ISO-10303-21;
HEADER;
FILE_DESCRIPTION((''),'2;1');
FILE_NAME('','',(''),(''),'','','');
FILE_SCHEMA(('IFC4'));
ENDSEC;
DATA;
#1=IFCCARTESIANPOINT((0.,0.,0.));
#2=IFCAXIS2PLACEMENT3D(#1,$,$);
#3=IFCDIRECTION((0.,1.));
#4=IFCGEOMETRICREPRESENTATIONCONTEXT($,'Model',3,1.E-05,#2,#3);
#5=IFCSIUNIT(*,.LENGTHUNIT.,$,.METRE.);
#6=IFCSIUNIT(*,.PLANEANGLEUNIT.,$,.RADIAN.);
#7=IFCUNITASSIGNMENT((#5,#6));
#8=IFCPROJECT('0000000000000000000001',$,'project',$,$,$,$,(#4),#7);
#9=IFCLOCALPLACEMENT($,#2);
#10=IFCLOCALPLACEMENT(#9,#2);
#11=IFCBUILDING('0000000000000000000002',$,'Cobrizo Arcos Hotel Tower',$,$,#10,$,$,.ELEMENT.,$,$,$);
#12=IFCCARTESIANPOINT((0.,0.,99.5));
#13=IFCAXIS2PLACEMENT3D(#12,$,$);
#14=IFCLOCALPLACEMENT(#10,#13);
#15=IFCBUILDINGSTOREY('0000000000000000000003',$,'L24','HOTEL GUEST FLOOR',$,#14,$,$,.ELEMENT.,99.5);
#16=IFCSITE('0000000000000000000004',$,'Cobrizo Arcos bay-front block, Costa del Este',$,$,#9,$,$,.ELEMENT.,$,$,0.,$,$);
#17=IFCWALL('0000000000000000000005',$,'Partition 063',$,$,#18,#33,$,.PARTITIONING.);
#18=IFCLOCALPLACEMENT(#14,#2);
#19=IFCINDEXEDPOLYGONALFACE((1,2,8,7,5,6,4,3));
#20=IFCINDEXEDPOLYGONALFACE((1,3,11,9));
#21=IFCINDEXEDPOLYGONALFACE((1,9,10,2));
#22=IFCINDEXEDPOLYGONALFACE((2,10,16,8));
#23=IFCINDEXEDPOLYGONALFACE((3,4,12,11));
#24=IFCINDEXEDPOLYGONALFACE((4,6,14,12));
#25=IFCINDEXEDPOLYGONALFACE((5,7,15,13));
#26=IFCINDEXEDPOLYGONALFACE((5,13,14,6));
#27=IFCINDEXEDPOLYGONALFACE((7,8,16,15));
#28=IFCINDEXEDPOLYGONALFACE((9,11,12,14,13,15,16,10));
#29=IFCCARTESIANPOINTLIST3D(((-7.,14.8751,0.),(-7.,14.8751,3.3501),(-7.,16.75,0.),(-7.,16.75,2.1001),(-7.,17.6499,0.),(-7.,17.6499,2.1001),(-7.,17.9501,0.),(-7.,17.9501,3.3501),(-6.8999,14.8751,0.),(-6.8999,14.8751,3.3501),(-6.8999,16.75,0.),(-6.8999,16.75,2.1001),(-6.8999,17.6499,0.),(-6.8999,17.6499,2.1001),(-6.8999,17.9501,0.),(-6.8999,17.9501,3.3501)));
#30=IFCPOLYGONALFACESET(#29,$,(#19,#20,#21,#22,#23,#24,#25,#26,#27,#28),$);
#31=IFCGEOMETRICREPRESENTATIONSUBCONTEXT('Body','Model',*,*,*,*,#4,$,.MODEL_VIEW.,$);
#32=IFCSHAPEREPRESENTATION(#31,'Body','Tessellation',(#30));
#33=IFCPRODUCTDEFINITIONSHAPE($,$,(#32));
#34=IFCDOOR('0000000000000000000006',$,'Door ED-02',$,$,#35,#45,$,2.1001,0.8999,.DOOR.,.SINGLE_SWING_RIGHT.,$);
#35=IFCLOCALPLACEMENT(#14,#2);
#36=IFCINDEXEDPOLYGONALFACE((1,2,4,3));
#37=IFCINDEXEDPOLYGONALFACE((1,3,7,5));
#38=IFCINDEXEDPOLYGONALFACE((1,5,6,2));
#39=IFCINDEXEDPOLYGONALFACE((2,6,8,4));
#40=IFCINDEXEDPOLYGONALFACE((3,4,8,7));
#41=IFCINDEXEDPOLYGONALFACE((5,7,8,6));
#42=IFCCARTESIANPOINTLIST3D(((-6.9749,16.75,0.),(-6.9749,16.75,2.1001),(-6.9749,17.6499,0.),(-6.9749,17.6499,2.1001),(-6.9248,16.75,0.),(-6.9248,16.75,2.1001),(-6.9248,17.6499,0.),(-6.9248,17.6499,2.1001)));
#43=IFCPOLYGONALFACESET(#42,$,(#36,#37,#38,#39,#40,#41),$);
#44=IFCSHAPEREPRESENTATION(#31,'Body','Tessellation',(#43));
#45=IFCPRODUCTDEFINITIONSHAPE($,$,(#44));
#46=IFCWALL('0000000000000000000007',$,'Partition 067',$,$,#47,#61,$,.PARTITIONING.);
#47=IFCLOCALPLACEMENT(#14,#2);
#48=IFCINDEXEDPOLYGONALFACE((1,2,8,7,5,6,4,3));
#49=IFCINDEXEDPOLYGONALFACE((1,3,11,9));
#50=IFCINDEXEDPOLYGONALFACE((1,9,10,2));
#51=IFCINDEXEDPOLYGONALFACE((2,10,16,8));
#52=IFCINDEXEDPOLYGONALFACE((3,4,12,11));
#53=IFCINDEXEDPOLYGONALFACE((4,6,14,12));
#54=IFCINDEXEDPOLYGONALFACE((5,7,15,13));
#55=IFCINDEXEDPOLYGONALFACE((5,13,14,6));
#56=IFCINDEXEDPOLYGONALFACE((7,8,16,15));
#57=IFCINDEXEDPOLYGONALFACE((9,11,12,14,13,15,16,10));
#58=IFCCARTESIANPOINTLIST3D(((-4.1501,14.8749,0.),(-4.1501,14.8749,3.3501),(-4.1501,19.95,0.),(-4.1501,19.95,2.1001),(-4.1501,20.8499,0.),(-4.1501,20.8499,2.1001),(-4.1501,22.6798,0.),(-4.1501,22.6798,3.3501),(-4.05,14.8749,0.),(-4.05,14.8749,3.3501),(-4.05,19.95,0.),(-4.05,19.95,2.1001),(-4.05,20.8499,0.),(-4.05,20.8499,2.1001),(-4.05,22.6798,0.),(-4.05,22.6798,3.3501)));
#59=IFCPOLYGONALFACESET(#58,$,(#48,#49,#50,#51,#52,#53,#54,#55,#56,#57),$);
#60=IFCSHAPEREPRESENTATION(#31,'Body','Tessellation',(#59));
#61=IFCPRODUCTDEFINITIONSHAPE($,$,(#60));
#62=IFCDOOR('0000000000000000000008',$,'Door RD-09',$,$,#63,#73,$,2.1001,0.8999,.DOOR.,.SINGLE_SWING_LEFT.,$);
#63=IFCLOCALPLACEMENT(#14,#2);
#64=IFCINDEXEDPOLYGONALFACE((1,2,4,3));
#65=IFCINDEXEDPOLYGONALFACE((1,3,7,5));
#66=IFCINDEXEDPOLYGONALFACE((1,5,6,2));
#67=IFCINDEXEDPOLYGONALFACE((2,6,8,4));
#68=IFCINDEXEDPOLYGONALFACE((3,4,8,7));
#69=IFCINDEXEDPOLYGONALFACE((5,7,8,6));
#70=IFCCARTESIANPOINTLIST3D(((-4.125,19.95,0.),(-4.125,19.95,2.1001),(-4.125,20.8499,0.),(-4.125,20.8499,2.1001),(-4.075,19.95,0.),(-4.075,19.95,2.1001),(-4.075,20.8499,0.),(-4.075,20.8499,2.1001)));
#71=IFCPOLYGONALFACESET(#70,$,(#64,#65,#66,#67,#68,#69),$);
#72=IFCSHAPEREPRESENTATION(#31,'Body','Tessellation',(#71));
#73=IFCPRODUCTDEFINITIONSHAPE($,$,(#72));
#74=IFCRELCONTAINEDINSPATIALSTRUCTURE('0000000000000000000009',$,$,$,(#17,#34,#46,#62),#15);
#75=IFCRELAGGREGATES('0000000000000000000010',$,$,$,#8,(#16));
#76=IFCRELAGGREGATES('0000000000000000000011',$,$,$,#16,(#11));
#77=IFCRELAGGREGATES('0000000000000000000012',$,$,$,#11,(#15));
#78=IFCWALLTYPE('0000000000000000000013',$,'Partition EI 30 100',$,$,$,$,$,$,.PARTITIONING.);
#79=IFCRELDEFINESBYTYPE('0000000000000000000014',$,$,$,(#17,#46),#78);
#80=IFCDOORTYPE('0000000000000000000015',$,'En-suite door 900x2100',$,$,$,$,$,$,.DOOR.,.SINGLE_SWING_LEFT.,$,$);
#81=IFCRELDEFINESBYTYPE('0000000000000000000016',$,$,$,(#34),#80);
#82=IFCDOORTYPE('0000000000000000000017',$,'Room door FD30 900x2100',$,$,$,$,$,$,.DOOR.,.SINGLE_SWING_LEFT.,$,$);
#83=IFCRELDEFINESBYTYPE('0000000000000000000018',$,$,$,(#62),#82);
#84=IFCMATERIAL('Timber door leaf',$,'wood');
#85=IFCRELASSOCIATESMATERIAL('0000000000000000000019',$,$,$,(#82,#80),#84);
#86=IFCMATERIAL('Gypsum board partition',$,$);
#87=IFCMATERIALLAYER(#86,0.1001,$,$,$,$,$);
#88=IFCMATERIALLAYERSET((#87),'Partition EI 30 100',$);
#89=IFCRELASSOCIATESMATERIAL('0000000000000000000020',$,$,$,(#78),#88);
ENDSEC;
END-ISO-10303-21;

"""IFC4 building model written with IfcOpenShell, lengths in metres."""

from ifc_helpers import new_model, si_unit, direction, frame, frame_2d, origin, place, context, subcontext, project, spatial, rectangle, extrude, material, layer, layer_set, type_object, element, fill, save


model = new_model("IFC4")

# Units and contexts
model_context = context("Model", 3, precision=1e-05, world=origin(), true_north=direction((0.0, 1.0)))
body_context = subcontext(model_context, "Body", "Model", "MODEL_VIEW")
ifc_project = project(units=[si_unit("LENGTHUNIT", "METRE"), si_unit("PLANEANGLEUNIT", "RADIAN")], contexts=[model_context])

# Site, building, storey
site_placement = place(None, origin())
site = spatial("IfcSite", under=ifc_project, at=site_placement, Name="Cobrizo Arcos bay-front block, Costa del Este", CompositionType="ELEMENT", RefElevation=0.0)
building_placement = place(site_placement, origin())
building = spatial("IfcBuilding", under=site, at=building_placement, Name="Cobrizo Arcos Hotel Tower", CompositionType="ELEMENT")
storey_placement = place(building_placement, frame((0.0, 0.0, 99.5)))
storey = spatial("IfcBuildingStorey", under=building, at=storey_placement, Name="L24", Description="HOTEL GUEST FLOOR", CompositionType="ELEMENT", Elevation=99.5)

# Shared definitions
ifc_material_1 = material(Name="Gypsum board partition")

# Shared definitions
ifc_material_2 = material(Name="Timber door leaf", Category="wood")
door_type_1 = type_object("IfcDoorType", Name="Room door FD30 900x2100", OperationType="SINGLE_SWING_LEFT", PredefinedType="DOOR", material=ifc_material_2)

# Shared definitions
ifc_layer_1 = layer(ifc_material_1, 0.1001)
ifc_layer_set_1 = layer_set([ifc_layer_1], Name="Partition EI 30 100")
wall_type_1 = type_object("IfcWallType", Name="Partition EI 30 100", PredefinedType="PARTITIONING", material=ifc_layer_set_1)

# Shared definitions
door_type_2 = type_object("IfcDoorType", Name="En-suite door 900x2100", OperationType="SINGLE_SWING_LEFT", PredefinedType="DOOR", material=ifc_material_2)

# Walls, openings, doors
wall_1_placement = place(storey_placement, frame((-6.95, 14.875, 0.0), z_axis=(0.0, 0.0, 1.0), x_axis=(0.0, 1.0, 0.0)))
wall_1 = element("IfcWall", 1, at=wall_1_placement, inside=storey, type_object=wall_type_1, Name="Partition 063", PredefinedType="PARTITIONING", context=body_context, shape_type="SweptSolid", body=[
    extrude(rectangle(XDim=3.075, YDim=0.1001, at=frame_2d((1.5376, 0.0))), origin(), (0.0, 0.0, 1.0), 3.3501),
])
opening_1_placement = place(wall_1_placement, frame((1.875, 0.0, 0.0)))
opening_1 = element("IfcOpeningElement", 2, at=opening_1_placement, cuts=wall_1, PredefinedType="OPENING", context=body_context, shape_type="SweptSolid", body=[
    extrude(rectangle(XDim=0.8999, YDim=2.1001, at=frame_2d((0.45, 1.05))), frame((0.0, 0.062, 0.0), z_axis=(0.0, -1.0, 0.0), x_axis=(1.0, 0.0, 0.0)), (0.0, 0.0, 1.0), 0.124),
])
door_1_placement = place(opening_1_placement, origin())
door_1 = element("IfcDoor", 3, at=door_1_placement, inside=storey, type_object=door_type_2, Name="Door ED-02", OperationType="SINGLE_SWING_RIGHT", OverallHeight=2.1001, OverallWidth=0.8999, PredefinedType="DOOR", context=body_context, shape_type="SweptSolid", body=[
    extrude(rectangle(XDim=0.8999, YDim=2.1001, at=frame_2d((0.45, 1.05))), frame((0.0, 0.0249, 0.0), z_axis=(0.0, -1.0, 0.0), x_axis=(1.0, 0.0, 0.0)), (0.0, 0.0, 1.0), 0.05),
])
fill(opening_1, door_1)
wall_2_placement = place(storey_placement, frame((-4.1001, 14.875, 0.0), z_axis=(0.0, 0.0, 1.0), x_axis=(0.0, 1.0, 0.0)))
wall_2 = element("IfcWall", 4, at=wall_2_placement, inside=storey, type_object=wall_type_1, Name="Partition 067", PredefinedType="PARTITIONING", context=body_context, shape_type="SweptSolid", body=[
    extrude(rectangle(XDim=7.8049, YDim=0.1001, at=frame_2d((3.9023, 0.0))), origin(), (0.0, 0.0, 1.0), 3.3501),
])
opening_2_placement = place(wall_2_placement, frame((5.075, 0.0, 0.0)))
opening_2 = element("IfcOpeningElement", 5, at=opening_2_placement, cuts=wall_2, PredefinedType="OPENING", context=body_context, shape_type="SweptSolid", body=[
    extrude(rectangle(XDim=0.8999, YDim=2.1001, at=frame_2d((0.45, 1.05))), frame((0.0, 0.062, 0.0), z_axis=(0.0, -1.0, 0.0), x_axis=(1.0, 0.0, 0.0)), (0.0, 0.0, 1.0), 0.124),
])
door_2_placement = place(opening_2_placement, origin())
door_2 = element("IfcDoor", 6, at=door_2_placement, inside=storey, type_object=door_type_1, Name="Door RD-09", OperationType="SINGLE_SWING_LEFT", OverallHeight=2.1001, OverallWidth=0.8999, PredefinedType="DOOR", context=body_context, shape_type="SweptSolid", body=[
    extrude(rectangle(XDim=0.8999, YDim=2.1001, at=frame_2d((0.45, 1.05))), frame((0.0, 0.0249, 0.0), z_axis=(0.0, -1.0, 0.0), x_axis=(1.0, 0.0, 0.0)), (0.0, 0.0, 1.0), 0.05),
])
fill(opening_2, door_2)

save(model, "model.ifc")
